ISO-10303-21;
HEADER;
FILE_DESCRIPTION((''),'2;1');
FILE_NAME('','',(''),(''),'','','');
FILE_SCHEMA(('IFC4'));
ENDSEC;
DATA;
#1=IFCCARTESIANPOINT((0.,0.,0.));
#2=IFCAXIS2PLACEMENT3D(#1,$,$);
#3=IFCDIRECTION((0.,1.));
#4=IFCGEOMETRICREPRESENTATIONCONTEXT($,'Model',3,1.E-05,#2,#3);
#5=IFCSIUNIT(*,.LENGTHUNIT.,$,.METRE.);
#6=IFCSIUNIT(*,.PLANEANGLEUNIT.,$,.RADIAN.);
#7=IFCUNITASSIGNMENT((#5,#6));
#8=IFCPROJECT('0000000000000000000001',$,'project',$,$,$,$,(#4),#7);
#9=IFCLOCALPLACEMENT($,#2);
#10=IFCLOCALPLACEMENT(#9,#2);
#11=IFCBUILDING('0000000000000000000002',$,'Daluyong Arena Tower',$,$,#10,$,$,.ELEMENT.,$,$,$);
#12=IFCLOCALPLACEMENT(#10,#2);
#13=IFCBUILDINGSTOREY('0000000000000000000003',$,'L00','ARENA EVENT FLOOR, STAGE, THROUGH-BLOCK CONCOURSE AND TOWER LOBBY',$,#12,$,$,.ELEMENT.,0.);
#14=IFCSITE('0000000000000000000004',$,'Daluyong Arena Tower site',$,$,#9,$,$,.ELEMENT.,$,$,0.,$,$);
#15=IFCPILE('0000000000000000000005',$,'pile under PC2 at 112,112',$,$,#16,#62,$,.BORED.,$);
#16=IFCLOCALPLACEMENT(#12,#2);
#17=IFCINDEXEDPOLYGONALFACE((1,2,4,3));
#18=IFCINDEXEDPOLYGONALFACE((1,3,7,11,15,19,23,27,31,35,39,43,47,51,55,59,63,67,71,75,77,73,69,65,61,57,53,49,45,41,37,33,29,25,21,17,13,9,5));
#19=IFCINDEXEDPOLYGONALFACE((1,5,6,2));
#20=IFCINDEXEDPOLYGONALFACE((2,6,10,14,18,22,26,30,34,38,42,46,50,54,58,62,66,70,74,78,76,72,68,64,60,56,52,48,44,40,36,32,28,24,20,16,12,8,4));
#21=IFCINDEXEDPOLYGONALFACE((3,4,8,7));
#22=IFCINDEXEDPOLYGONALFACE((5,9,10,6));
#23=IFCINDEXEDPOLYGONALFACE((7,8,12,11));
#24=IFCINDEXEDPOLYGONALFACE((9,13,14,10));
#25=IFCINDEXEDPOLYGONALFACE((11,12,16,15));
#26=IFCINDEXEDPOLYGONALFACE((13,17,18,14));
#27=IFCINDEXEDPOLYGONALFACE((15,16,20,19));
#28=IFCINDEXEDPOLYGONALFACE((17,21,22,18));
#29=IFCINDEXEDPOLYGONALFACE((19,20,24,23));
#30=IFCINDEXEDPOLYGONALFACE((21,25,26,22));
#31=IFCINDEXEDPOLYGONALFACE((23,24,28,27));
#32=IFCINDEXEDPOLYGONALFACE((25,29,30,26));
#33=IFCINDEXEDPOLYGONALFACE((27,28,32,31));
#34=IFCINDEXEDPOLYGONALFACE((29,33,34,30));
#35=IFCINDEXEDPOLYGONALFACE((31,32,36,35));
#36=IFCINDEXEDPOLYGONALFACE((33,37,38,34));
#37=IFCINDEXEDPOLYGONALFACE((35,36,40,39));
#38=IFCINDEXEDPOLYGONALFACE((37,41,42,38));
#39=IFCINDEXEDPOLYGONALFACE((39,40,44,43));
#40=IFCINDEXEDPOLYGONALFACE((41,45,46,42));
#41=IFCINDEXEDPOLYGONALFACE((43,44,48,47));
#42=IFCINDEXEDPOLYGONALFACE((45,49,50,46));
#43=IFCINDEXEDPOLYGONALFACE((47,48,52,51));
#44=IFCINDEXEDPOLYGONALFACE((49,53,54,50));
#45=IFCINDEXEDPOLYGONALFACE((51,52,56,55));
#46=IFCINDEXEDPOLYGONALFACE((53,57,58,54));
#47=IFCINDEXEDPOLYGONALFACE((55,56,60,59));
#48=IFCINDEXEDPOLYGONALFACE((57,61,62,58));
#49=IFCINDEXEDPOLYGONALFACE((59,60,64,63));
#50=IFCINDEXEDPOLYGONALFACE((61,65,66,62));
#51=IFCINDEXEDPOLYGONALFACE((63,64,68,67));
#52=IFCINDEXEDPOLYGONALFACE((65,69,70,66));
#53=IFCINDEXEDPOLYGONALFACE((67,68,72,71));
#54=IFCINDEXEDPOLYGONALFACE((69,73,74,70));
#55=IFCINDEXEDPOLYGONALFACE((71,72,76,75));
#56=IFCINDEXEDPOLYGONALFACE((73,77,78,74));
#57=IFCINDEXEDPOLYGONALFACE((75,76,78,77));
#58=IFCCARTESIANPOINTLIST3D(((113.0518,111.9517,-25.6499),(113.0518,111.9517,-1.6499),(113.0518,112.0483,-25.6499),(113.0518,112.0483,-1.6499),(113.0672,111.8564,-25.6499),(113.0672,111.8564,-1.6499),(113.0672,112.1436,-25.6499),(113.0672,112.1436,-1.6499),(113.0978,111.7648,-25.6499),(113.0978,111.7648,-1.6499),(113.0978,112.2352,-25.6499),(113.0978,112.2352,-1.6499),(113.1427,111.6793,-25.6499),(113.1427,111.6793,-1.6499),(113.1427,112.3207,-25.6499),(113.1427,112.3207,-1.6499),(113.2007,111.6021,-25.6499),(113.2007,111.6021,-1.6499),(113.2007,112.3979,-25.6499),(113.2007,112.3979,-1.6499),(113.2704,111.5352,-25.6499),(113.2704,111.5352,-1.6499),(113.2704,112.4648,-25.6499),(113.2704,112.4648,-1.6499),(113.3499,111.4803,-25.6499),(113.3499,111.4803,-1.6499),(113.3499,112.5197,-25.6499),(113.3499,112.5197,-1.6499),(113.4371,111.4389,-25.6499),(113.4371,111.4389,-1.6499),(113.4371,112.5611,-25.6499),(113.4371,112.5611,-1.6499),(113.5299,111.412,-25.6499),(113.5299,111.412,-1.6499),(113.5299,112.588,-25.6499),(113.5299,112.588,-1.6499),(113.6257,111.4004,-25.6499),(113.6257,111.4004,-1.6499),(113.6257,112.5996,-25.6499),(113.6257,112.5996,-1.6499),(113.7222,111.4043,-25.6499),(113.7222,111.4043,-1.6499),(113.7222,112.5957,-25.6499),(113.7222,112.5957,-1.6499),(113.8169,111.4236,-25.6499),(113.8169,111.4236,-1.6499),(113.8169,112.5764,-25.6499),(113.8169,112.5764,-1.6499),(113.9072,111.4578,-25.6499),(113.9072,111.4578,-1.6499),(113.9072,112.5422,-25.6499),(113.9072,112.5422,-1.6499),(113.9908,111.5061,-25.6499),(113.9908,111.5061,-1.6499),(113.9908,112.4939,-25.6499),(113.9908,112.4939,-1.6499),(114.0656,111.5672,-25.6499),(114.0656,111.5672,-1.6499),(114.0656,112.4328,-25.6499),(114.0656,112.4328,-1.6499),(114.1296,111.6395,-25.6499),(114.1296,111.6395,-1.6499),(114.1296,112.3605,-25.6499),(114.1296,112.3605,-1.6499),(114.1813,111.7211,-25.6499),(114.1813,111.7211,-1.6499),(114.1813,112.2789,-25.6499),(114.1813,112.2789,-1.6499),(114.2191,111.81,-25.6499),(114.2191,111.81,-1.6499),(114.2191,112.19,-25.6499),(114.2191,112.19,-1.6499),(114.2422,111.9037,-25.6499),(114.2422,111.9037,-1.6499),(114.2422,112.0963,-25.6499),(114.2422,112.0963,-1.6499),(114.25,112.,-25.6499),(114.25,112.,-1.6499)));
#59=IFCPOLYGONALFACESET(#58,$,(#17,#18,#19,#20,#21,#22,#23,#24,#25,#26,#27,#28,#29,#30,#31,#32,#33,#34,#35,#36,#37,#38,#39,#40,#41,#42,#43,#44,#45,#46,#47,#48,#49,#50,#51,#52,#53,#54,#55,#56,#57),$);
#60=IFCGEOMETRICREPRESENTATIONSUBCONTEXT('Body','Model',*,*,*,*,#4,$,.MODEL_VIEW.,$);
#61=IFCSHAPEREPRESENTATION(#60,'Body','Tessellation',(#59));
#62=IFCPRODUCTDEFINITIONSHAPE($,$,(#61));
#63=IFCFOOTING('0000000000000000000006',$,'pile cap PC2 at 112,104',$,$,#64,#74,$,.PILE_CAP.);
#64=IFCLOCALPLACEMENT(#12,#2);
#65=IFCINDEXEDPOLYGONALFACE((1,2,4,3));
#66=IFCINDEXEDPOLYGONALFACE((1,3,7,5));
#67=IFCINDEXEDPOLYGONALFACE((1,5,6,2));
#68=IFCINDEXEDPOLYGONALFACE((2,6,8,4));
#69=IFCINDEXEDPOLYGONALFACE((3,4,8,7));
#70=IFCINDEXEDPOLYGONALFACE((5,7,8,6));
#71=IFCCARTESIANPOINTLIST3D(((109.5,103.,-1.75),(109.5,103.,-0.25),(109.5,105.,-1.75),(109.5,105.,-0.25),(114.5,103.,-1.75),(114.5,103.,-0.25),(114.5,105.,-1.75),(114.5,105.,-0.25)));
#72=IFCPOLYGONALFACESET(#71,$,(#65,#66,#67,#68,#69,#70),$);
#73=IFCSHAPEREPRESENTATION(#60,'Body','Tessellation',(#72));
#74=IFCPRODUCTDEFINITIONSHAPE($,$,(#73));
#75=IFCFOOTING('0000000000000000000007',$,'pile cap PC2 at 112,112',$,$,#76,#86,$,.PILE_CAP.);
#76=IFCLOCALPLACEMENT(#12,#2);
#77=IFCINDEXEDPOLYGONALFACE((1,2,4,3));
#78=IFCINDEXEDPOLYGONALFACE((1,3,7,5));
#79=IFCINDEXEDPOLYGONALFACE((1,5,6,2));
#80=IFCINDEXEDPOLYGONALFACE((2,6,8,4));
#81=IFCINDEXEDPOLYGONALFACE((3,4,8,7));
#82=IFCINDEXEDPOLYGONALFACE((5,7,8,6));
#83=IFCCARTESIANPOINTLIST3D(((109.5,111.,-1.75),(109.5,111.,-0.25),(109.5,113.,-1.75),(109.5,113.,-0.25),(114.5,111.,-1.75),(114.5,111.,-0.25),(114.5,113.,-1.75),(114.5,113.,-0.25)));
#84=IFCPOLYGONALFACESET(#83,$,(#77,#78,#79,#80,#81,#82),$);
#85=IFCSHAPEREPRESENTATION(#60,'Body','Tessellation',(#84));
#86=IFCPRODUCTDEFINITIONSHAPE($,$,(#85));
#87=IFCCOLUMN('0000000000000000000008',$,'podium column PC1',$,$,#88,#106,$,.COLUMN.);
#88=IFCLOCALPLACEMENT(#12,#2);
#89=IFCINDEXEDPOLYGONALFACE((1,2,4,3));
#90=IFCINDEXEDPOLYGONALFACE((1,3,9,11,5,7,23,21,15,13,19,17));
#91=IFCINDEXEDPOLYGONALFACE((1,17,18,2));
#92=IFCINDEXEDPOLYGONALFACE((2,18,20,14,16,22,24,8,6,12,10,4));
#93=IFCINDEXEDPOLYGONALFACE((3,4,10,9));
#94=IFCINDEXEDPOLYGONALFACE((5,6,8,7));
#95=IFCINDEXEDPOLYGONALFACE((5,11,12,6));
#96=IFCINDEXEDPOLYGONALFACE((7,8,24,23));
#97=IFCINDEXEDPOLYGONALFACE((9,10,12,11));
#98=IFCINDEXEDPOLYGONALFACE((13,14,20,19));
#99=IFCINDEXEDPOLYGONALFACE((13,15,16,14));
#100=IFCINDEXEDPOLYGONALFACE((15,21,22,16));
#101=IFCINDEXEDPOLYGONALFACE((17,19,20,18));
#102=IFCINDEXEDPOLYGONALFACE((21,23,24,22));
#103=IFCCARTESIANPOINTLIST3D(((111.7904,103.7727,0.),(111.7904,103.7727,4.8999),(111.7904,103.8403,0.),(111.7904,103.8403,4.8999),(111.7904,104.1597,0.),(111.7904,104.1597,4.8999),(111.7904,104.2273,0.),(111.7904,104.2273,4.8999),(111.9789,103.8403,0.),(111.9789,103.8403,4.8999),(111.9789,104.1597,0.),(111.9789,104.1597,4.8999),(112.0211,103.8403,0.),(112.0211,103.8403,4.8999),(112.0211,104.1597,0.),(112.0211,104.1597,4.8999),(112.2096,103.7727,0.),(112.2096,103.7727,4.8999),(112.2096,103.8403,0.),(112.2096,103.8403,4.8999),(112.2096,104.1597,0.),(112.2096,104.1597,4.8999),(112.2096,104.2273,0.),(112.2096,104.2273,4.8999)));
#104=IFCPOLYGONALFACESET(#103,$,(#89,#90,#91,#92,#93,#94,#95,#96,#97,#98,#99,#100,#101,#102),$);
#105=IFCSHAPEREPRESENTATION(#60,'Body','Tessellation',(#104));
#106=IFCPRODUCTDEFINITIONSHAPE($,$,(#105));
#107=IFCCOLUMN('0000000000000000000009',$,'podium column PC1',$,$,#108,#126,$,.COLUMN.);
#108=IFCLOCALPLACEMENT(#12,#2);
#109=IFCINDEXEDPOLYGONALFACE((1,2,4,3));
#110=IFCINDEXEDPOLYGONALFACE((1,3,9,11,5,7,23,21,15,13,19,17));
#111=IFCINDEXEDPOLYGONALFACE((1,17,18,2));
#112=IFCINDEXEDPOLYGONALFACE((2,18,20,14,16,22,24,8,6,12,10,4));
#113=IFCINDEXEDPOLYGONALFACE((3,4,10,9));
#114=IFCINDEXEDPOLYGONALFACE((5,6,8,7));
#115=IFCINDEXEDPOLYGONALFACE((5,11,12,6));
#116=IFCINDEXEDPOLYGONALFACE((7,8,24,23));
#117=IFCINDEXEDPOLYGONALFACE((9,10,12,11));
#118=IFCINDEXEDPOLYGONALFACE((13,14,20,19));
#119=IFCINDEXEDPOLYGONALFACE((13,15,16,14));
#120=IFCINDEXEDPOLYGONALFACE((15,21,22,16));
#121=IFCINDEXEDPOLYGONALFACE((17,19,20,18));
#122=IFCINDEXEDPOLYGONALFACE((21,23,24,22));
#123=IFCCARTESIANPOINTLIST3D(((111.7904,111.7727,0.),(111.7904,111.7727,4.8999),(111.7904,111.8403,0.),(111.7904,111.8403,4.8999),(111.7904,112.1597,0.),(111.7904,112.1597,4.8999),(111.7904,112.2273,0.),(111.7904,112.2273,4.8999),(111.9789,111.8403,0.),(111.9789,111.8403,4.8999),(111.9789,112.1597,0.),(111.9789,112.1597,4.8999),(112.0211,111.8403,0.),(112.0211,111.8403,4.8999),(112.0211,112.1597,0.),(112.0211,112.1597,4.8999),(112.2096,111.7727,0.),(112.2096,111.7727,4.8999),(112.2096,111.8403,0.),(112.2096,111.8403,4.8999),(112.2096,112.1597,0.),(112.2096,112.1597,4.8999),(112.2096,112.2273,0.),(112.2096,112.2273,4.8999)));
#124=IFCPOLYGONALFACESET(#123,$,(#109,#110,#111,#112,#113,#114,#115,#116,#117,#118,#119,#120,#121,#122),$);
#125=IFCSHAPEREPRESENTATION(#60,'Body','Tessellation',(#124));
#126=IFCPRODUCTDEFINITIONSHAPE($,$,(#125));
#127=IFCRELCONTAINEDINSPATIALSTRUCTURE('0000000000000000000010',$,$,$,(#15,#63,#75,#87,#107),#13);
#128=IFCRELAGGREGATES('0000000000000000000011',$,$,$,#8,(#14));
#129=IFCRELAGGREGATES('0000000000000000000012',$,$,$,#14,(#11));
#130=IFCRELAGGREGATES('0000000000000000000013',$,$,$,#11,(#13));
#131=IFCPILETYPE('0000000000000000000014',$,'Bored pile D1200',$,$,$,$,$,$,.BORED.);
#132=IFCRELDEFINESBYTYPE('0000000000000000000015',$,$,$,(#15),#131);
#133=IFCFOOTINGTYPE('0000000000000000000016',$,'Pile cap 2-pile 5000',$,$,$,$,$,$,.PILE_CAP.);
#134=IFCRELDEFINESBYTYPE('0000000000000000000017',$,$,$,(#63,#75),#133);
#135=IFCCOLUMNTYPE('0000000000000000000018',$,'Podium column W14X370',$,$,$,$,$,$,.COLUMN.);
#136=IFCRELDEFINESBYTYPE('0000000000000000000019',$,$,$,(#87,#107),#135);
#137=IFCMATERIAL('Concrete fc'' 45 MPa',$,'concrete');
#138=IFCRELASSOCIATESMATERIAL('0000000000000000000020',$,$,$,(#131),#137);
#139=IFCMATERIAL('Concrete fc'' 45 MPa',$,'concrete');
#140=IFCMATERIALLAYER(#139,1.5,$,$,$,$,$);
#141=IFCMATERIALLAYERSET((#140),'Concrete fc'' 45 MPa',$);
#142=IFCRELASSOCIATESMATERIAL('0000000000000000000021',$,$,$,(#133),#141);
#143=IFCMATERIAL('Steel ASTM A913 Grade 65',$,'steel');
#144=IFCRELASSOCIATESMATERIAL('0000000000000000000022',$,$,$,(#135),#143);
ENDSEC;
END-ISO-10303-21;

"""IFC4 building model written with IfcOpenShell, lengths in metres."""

from ifc_helpers import new_model, si_unit, direction, frame, origin, origin_2d, place, context, subcontext, project, spatial, rectangle, circle, i_section, extrude, material, layer, layer_set, material_profile, profile_set, type_object, element, save


model = new_model("IFC4")

# Units and contexts
model_context = context("Model", 3, precision=1e-05, world=origin(), true_north=direction((0.0, 1.0)))
body_context = subcontext(model_context, "Body", "Model", "MODEL_VIEW")
ifc_project = project(units=[si_unit("LENGTHUNIT", "METRE"), si_unit("PLANEANGLEUNIT", "RADIAN")], contexts=[model_context])

# Site, building, storey
site_placement = place(None, origin())
site = spatial("IfcSite", under=ifc_project, at=site_placement, Name="Daluyong Arena Tower site", CompositionType="ELEMENT", RefElevation=0.0)
building_placement = place(site_placement, origin())
building = spatial("IfcBuilding", under=site, at=building_placement, Name="Daluyong Arena Tower", CompositionType="ELEMENT")
storey_placement = place(building_placement, origin())
storey = spatial("IfcBuildingStorey", under=building, at=storey_placement, Name="L00", Description="ARENA EVENT FLOOR, STAGE, THROUGH-BLOCK CONCOURSE AND TOWER LOBBY", CompositionType="ELEMENT", Elevation=0.0)

# Pile
ifc_material_1 = material(Name="Concrete fc' 45 MPa", Category="concrete")
pile_type = type_object("IfcPileType", Name="Bored pile D1200", PredefinedType="BORED", material=ifc_material_1)
for number, where, z_axis, x_axis, name in (
    (1, (113.6499, 112.0, -1.6499), (0.0, 0.0, -1.0), (1.0, 0.0, 0.0), "pile under PC2 at 112,112"),
):
    element("IfcPile", number, at=place(storey_placement, frame(where, z_axis=z_axis, x_axis=x_axis)), inside=storey, type_object=pile_type, Name=name, PredefinedType="BORED", context=body_context, shape_type="SweptSolid", body=[
        extrude(circle(Radius=0.6001, at=origin_2d()), origin(), (0.0, 0.0, 1.0), 24.0),
    ])

# Footings
ifc_material_2 = material(Name="Concrete fc' 45 MPa", Category="concrete")
ifc_layer_1 = layer(ifc_material_2, 1.5)
ifc_layer_set_1 = layer_set([ifc_layer_1], Name="Concrete fc' 45 MPa")
footing_type = type_object("IfcFootingType", Name="Pile cap 2-pile 5000", PredefinedType="PILE_CAP", material=ifc_layer_set_1)
for number, where, z_axis, x_axis, name in (
    (2, (112.0, 104.0, -1.75), (0.0, 0.0, 1.0), (1.0, 0.0, 0.0), "pile cap PC2 at 112,104"),
    (3, (112.0, 112.0, -1.75), (0.0, 0.0, 1.0), (1.0, 0.0, 0.0), "pile cap PC2 at 112,112"),
):
    element("IfcFooting", number, at=place(storey_placement, frame(where, z_axis=z_axis, x_axis=x_axis)), inside=storey, type_object=footing_type, Name=name, PredefinedType="PILE_CAP", context=body_context, shape_type="SweptSolid", body=[
        extrude(rectangle(XDim=5.0, YDim=2.0, at=origin_2d()), origin(), (0.0, 0.0, 1.0), 1.5),
    ])

# Columns
ifc_material_3 = material(Name="Steel ASTM A913 Grade 65", Category="steel")
ifc_material_profile = material_profile(ifc_material_3, i_section(OverallWidth=0.4192, OverallDepth=0.4546, WebThickness=0.0422, FlangeThickness=0.0676, at=origin_2d()))
ifc_profile_set = profile_set([ifc_material_profile], Name="Steel ASTM A913 Grade 65")
column_type = type_object("IfcColumnType", Name="Podium column W14X370", PredefinedType="COLUMN", material=ifc_profile_set)
for number, where, z_axis, x_axis, name in (
    (4, (112.0, 104.0, 0.0), (0.0, 0.0, 1.0), (1.0, 0.0, 0.0), "podium column PC1"),
    (5, (112.0, 112.0, 0.0), (0.0, 0.0, 1.0), (1.0, 0.0, 0.0), "podium column PC1"),
):
    element("IfcColumn", number, at=place(storey_placement, frame(where, z_axis=z_axis, x_axis=x_axis)), inside=storey, type_object=column_type, Name=name, PredefinedType="COLUMN", context=body_context, shape_type="SweptSolid", body=[
        extrude(i_section(OverallWidth=0.4192, OverallDepth=0.4546, WebThickness=0.0422, FlangeThickness=0.0676, at=origin_2d()), origin(), (0.0, 0.0, 1.0), 4.8999),
    ])

save(model, "model.ifc")
